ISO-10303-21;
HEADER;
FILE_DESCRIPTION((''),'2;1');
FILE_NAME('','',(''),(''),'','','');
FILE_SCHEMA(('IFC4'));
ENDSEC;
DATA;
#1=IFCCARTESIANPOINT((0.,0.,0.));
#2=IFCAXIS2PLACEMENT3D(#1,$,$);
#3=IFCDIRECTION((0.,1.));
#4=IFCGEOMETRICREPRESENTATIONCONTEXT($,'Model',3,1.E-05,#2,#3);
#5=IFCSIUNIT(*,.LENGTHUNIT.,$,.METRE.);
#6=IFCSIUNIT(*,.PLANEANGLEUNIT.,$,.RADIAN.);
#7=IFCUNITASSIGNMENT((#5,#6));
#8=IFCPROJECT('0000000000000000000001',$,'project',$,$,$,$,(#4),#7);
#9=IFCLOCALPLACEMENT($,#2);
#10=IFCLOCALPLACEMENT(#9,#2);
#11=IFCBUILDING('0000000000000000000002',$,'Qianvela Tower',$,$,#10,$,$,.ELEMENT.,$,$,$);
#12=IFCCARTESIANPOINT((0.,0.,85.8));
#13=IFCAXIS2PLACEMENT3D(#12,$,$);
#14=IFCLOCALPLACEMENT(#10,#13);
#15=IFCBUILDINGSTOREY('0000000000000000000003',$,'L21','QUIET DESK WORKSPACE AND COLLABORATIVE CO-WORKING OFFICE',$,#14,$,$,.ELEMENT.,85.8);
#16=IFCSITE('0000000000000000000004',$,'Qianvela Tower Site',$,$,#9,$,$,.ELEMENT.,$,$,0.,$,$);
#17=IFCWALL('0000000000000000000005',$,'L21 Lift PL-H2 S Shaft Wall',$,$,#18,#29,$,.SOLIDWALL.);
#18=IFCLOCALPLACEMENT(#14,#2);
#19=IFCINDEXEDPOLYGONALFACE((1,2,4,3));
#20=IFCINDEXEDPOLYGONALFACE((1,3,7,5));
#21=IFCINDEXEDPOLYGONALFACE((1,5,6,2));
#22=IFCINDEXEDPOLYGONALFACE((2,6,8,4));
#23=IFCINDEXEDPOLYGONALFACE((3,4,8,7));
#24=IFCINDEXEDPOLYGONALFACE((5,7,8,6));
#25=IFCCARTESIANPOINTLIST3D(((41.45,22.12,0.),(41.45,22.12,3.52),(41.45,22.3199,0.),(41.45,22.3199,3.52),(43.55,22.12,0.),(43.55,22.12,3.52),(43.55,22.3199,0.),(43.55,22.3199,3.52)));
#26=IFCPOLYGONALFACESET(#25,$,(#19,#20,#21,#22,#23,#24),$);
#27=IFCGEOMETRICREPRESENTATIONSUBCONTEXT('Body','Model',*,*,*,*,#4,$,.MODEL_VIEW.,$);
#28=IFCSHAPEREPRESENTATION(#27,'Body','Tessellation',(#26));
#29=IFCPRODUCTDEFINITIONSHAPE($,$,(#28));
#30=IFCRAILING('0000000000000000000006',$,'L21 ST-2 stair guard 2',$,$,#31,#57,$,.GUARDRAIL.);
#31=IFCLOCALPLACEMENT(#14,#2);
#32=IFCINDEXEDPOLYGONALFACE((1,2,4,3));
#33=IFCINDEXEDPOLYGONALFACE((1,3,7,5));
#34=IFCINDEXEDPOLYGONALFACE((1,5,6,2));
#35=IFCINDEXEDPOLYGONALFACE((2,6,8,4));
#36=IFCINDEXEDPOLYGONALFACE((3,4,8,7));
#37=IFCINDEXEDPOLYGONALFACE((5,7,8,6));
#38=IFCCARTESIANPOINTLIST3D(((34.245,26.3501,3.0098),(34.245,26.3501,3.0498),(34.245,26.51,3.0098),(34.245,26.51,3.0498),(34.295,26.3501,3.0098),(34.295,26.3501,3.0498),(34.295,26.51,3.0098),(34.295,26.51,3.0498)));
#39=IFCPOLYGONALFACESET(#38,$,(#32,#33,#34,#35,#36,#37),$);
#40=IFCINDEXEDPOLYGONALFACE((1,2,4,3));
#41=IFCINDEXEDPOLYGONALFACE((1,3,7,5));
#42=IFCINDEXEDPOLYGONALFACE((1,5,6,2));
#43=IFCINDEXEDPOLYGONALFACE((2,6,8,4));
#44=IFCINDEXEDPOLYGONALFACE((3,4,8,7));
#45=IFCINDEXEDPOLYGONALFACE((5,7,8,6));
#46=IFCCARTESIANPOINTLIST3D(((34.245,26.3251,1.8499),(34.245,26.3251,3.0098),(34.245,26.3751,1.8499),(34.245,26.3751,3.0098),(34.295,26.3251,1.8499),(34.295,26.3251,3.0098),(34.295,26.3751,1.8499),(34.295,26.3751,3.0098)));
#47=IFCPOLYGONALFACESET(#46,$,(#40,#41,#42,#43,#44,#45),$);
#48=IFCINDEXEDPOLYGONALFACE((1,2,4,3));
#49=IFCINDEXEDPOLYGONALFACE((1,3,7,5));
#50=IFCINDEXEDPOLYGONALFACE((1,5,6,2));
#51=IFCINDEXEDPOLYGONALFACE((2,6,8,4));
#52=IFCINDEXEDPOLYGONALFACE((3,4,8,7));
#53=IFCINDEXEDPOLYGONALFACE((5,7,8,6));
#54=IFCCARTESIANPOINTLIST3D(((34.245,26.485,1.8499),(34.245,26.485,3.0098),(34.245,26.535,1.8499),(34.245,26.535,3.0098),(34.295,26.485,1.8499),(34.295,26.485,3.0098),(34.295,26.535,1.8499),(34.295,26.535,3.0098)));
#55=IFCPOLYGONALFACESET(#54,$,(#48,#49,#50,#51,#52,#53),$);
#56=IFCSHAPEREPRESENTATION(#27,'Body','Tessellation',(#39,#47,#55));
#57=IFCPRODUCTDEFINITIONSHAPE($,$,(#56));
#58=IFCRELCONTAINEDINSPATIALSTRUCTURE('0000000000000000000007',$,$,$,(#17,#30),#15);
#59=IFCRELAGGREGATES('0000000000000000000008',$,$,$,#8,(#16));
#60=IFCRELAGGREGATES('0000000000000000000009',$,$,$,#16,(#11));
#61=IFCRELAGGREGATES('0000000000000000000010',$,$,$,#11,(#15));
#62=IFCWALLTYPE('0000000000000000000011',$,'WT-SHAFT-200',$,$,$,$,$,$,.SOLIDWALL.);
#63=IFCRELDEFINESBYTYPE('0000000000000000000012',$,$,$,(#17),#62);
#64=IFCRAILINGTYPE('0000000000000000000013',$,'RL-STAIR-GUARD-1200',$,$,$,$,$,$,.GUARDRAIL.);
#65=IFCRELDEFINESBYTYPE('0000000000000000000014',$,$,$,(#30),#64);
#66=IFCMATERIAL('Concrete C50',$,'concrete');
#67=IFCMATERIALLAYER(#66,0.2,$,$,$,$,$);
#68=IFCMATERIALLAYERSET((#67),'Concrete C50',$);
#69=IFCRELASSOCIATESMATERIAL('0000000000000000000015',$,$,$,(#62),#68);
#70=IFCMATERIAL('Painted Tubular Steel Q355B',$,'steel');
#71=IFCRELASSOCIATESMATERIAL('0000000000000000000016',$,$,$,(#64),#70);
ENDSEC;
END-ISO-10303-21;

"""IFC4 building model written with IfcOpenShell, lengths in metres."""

from ifc_helpers import new_model, si_unit, direction, frame, frame_2d, origin, origin_2d, place, context, subcontext, project, spatial, rectangle, extrude, material, layer, layer_set, type_object, element, save


model = new_model("IFC4")

# Units and contexts
model_context = context("Model", 3, precision=1e-05, world=origin(), true_north=direction((0.0, 1.0)))
body_context = subcontext(model_context, "Body", "Model", "MODEL_VIEW")
ifc_project = project(units=[si_unit("LENGTHUNIT", "METRE"), si_unit("PLANEANGLEUNIT", "RADIAN")], contexts=[model_context])

# Site, building, storey
site_placement = place(None, origin())
site = spatial("IfcSite", under=ifc_project, at=site_placement, Name="Qianvela Tower Site", CompositionType="ELEMENT", RefElevation=0.0)
building_placement = place(site_placement, origin())
building = spatial("IfcBuilding", under=site, at=building_placement, Name="Qianvela Tower", CompositionType="ELEMENT")
storey_placement = place(building_placement, frame((0.0, 0.0, 85.8)))
storey = spatial("IfcBuildingStorey", under=building, at=storey_placement, Name="L21", Description="QUIET DESK WORKSPACE AND COLLABORATIVE CO-WORKING OFFICE", CompositionType="ELEMENT", Elevation=85.8)

# Shared definitions
ifc_material_1 = material(Name="Concrete C50", Category="concrete")
ifc_layer_1 = layer(ifc_material_1, 0.2)
ifc_layer_set_1 = layer_set([ifc_layer_1], Name="Concrete C50")
wall_type_1 = type_object("IfcWallType", Name="WT-SHAFT-200", PredefinedType="SOLIDWALL", material=ifc_layer_set_1)

# Wall
wall_1_placement = place(storey_placement, frame((41.45, 22.22, 0.0), z_axis=(0.0, 0.0, 1.0), x_axis=(1.0, 0.0, 0.0)))
element("IfcWall", 1, at=wall_1_placement, inside=storey, type_object=wall_type_1, Name="L21 Lift PL-H2 S Shaft Wall", PredefinedType="SOLIDWALL", context=body_context, shape_type="SweptSolid", body=[
    extrude(rectangle(XDim=2.1001, YDim=0.2, at=frame_2d((1.05, 0.0))), origin(), (0.0, 0.0, 1.0), 3.52),
])

# Railing
ifc_material_2 = material(Name="Painted Tubular Steel Q355B", Category="steel")
railing_type = type_object("IfcRailingType", Name="RL-STAIR-GUARD-1200", PredefinedType="GUARDRAIL", material=ifc_material_2)
railing_placement = place(storey_placement, frame((34.27, 26.3501, 1.8499)))
element("IfcRailing", 2, at=railing_placement, inside=storey, type_object=railing_type, Name="L21 ST-2 stair guard 2", PredefinedType="GUARDRAIL", context=body_context, shape_type="SweptSolid", body=[
    extrude(rectangle(XDim=0.05, YDim=0.04, at=origin_2d()), frame((0.0, 0.0, 1.1799), z_axis=(0.0, 1.0, 0.0), x_axis=(-1.0, 0.0, 0.0)), (0.0, 0.0, 1.0), 0.1599),
    extrude(rectangle(XDim=0.05, YDim=0.05, at=origin_2d()), origin(), (0.0, 0.0, 1.0), 1.1599),
    extrude(rectangle(XDim=0.05, YDim=0.05, at=origin_2d()), frame((0.0, 0.1599, 0.0)), (0.0, 0.0, 1.0), 1.1599),
])

save(model, "model.ifc")
